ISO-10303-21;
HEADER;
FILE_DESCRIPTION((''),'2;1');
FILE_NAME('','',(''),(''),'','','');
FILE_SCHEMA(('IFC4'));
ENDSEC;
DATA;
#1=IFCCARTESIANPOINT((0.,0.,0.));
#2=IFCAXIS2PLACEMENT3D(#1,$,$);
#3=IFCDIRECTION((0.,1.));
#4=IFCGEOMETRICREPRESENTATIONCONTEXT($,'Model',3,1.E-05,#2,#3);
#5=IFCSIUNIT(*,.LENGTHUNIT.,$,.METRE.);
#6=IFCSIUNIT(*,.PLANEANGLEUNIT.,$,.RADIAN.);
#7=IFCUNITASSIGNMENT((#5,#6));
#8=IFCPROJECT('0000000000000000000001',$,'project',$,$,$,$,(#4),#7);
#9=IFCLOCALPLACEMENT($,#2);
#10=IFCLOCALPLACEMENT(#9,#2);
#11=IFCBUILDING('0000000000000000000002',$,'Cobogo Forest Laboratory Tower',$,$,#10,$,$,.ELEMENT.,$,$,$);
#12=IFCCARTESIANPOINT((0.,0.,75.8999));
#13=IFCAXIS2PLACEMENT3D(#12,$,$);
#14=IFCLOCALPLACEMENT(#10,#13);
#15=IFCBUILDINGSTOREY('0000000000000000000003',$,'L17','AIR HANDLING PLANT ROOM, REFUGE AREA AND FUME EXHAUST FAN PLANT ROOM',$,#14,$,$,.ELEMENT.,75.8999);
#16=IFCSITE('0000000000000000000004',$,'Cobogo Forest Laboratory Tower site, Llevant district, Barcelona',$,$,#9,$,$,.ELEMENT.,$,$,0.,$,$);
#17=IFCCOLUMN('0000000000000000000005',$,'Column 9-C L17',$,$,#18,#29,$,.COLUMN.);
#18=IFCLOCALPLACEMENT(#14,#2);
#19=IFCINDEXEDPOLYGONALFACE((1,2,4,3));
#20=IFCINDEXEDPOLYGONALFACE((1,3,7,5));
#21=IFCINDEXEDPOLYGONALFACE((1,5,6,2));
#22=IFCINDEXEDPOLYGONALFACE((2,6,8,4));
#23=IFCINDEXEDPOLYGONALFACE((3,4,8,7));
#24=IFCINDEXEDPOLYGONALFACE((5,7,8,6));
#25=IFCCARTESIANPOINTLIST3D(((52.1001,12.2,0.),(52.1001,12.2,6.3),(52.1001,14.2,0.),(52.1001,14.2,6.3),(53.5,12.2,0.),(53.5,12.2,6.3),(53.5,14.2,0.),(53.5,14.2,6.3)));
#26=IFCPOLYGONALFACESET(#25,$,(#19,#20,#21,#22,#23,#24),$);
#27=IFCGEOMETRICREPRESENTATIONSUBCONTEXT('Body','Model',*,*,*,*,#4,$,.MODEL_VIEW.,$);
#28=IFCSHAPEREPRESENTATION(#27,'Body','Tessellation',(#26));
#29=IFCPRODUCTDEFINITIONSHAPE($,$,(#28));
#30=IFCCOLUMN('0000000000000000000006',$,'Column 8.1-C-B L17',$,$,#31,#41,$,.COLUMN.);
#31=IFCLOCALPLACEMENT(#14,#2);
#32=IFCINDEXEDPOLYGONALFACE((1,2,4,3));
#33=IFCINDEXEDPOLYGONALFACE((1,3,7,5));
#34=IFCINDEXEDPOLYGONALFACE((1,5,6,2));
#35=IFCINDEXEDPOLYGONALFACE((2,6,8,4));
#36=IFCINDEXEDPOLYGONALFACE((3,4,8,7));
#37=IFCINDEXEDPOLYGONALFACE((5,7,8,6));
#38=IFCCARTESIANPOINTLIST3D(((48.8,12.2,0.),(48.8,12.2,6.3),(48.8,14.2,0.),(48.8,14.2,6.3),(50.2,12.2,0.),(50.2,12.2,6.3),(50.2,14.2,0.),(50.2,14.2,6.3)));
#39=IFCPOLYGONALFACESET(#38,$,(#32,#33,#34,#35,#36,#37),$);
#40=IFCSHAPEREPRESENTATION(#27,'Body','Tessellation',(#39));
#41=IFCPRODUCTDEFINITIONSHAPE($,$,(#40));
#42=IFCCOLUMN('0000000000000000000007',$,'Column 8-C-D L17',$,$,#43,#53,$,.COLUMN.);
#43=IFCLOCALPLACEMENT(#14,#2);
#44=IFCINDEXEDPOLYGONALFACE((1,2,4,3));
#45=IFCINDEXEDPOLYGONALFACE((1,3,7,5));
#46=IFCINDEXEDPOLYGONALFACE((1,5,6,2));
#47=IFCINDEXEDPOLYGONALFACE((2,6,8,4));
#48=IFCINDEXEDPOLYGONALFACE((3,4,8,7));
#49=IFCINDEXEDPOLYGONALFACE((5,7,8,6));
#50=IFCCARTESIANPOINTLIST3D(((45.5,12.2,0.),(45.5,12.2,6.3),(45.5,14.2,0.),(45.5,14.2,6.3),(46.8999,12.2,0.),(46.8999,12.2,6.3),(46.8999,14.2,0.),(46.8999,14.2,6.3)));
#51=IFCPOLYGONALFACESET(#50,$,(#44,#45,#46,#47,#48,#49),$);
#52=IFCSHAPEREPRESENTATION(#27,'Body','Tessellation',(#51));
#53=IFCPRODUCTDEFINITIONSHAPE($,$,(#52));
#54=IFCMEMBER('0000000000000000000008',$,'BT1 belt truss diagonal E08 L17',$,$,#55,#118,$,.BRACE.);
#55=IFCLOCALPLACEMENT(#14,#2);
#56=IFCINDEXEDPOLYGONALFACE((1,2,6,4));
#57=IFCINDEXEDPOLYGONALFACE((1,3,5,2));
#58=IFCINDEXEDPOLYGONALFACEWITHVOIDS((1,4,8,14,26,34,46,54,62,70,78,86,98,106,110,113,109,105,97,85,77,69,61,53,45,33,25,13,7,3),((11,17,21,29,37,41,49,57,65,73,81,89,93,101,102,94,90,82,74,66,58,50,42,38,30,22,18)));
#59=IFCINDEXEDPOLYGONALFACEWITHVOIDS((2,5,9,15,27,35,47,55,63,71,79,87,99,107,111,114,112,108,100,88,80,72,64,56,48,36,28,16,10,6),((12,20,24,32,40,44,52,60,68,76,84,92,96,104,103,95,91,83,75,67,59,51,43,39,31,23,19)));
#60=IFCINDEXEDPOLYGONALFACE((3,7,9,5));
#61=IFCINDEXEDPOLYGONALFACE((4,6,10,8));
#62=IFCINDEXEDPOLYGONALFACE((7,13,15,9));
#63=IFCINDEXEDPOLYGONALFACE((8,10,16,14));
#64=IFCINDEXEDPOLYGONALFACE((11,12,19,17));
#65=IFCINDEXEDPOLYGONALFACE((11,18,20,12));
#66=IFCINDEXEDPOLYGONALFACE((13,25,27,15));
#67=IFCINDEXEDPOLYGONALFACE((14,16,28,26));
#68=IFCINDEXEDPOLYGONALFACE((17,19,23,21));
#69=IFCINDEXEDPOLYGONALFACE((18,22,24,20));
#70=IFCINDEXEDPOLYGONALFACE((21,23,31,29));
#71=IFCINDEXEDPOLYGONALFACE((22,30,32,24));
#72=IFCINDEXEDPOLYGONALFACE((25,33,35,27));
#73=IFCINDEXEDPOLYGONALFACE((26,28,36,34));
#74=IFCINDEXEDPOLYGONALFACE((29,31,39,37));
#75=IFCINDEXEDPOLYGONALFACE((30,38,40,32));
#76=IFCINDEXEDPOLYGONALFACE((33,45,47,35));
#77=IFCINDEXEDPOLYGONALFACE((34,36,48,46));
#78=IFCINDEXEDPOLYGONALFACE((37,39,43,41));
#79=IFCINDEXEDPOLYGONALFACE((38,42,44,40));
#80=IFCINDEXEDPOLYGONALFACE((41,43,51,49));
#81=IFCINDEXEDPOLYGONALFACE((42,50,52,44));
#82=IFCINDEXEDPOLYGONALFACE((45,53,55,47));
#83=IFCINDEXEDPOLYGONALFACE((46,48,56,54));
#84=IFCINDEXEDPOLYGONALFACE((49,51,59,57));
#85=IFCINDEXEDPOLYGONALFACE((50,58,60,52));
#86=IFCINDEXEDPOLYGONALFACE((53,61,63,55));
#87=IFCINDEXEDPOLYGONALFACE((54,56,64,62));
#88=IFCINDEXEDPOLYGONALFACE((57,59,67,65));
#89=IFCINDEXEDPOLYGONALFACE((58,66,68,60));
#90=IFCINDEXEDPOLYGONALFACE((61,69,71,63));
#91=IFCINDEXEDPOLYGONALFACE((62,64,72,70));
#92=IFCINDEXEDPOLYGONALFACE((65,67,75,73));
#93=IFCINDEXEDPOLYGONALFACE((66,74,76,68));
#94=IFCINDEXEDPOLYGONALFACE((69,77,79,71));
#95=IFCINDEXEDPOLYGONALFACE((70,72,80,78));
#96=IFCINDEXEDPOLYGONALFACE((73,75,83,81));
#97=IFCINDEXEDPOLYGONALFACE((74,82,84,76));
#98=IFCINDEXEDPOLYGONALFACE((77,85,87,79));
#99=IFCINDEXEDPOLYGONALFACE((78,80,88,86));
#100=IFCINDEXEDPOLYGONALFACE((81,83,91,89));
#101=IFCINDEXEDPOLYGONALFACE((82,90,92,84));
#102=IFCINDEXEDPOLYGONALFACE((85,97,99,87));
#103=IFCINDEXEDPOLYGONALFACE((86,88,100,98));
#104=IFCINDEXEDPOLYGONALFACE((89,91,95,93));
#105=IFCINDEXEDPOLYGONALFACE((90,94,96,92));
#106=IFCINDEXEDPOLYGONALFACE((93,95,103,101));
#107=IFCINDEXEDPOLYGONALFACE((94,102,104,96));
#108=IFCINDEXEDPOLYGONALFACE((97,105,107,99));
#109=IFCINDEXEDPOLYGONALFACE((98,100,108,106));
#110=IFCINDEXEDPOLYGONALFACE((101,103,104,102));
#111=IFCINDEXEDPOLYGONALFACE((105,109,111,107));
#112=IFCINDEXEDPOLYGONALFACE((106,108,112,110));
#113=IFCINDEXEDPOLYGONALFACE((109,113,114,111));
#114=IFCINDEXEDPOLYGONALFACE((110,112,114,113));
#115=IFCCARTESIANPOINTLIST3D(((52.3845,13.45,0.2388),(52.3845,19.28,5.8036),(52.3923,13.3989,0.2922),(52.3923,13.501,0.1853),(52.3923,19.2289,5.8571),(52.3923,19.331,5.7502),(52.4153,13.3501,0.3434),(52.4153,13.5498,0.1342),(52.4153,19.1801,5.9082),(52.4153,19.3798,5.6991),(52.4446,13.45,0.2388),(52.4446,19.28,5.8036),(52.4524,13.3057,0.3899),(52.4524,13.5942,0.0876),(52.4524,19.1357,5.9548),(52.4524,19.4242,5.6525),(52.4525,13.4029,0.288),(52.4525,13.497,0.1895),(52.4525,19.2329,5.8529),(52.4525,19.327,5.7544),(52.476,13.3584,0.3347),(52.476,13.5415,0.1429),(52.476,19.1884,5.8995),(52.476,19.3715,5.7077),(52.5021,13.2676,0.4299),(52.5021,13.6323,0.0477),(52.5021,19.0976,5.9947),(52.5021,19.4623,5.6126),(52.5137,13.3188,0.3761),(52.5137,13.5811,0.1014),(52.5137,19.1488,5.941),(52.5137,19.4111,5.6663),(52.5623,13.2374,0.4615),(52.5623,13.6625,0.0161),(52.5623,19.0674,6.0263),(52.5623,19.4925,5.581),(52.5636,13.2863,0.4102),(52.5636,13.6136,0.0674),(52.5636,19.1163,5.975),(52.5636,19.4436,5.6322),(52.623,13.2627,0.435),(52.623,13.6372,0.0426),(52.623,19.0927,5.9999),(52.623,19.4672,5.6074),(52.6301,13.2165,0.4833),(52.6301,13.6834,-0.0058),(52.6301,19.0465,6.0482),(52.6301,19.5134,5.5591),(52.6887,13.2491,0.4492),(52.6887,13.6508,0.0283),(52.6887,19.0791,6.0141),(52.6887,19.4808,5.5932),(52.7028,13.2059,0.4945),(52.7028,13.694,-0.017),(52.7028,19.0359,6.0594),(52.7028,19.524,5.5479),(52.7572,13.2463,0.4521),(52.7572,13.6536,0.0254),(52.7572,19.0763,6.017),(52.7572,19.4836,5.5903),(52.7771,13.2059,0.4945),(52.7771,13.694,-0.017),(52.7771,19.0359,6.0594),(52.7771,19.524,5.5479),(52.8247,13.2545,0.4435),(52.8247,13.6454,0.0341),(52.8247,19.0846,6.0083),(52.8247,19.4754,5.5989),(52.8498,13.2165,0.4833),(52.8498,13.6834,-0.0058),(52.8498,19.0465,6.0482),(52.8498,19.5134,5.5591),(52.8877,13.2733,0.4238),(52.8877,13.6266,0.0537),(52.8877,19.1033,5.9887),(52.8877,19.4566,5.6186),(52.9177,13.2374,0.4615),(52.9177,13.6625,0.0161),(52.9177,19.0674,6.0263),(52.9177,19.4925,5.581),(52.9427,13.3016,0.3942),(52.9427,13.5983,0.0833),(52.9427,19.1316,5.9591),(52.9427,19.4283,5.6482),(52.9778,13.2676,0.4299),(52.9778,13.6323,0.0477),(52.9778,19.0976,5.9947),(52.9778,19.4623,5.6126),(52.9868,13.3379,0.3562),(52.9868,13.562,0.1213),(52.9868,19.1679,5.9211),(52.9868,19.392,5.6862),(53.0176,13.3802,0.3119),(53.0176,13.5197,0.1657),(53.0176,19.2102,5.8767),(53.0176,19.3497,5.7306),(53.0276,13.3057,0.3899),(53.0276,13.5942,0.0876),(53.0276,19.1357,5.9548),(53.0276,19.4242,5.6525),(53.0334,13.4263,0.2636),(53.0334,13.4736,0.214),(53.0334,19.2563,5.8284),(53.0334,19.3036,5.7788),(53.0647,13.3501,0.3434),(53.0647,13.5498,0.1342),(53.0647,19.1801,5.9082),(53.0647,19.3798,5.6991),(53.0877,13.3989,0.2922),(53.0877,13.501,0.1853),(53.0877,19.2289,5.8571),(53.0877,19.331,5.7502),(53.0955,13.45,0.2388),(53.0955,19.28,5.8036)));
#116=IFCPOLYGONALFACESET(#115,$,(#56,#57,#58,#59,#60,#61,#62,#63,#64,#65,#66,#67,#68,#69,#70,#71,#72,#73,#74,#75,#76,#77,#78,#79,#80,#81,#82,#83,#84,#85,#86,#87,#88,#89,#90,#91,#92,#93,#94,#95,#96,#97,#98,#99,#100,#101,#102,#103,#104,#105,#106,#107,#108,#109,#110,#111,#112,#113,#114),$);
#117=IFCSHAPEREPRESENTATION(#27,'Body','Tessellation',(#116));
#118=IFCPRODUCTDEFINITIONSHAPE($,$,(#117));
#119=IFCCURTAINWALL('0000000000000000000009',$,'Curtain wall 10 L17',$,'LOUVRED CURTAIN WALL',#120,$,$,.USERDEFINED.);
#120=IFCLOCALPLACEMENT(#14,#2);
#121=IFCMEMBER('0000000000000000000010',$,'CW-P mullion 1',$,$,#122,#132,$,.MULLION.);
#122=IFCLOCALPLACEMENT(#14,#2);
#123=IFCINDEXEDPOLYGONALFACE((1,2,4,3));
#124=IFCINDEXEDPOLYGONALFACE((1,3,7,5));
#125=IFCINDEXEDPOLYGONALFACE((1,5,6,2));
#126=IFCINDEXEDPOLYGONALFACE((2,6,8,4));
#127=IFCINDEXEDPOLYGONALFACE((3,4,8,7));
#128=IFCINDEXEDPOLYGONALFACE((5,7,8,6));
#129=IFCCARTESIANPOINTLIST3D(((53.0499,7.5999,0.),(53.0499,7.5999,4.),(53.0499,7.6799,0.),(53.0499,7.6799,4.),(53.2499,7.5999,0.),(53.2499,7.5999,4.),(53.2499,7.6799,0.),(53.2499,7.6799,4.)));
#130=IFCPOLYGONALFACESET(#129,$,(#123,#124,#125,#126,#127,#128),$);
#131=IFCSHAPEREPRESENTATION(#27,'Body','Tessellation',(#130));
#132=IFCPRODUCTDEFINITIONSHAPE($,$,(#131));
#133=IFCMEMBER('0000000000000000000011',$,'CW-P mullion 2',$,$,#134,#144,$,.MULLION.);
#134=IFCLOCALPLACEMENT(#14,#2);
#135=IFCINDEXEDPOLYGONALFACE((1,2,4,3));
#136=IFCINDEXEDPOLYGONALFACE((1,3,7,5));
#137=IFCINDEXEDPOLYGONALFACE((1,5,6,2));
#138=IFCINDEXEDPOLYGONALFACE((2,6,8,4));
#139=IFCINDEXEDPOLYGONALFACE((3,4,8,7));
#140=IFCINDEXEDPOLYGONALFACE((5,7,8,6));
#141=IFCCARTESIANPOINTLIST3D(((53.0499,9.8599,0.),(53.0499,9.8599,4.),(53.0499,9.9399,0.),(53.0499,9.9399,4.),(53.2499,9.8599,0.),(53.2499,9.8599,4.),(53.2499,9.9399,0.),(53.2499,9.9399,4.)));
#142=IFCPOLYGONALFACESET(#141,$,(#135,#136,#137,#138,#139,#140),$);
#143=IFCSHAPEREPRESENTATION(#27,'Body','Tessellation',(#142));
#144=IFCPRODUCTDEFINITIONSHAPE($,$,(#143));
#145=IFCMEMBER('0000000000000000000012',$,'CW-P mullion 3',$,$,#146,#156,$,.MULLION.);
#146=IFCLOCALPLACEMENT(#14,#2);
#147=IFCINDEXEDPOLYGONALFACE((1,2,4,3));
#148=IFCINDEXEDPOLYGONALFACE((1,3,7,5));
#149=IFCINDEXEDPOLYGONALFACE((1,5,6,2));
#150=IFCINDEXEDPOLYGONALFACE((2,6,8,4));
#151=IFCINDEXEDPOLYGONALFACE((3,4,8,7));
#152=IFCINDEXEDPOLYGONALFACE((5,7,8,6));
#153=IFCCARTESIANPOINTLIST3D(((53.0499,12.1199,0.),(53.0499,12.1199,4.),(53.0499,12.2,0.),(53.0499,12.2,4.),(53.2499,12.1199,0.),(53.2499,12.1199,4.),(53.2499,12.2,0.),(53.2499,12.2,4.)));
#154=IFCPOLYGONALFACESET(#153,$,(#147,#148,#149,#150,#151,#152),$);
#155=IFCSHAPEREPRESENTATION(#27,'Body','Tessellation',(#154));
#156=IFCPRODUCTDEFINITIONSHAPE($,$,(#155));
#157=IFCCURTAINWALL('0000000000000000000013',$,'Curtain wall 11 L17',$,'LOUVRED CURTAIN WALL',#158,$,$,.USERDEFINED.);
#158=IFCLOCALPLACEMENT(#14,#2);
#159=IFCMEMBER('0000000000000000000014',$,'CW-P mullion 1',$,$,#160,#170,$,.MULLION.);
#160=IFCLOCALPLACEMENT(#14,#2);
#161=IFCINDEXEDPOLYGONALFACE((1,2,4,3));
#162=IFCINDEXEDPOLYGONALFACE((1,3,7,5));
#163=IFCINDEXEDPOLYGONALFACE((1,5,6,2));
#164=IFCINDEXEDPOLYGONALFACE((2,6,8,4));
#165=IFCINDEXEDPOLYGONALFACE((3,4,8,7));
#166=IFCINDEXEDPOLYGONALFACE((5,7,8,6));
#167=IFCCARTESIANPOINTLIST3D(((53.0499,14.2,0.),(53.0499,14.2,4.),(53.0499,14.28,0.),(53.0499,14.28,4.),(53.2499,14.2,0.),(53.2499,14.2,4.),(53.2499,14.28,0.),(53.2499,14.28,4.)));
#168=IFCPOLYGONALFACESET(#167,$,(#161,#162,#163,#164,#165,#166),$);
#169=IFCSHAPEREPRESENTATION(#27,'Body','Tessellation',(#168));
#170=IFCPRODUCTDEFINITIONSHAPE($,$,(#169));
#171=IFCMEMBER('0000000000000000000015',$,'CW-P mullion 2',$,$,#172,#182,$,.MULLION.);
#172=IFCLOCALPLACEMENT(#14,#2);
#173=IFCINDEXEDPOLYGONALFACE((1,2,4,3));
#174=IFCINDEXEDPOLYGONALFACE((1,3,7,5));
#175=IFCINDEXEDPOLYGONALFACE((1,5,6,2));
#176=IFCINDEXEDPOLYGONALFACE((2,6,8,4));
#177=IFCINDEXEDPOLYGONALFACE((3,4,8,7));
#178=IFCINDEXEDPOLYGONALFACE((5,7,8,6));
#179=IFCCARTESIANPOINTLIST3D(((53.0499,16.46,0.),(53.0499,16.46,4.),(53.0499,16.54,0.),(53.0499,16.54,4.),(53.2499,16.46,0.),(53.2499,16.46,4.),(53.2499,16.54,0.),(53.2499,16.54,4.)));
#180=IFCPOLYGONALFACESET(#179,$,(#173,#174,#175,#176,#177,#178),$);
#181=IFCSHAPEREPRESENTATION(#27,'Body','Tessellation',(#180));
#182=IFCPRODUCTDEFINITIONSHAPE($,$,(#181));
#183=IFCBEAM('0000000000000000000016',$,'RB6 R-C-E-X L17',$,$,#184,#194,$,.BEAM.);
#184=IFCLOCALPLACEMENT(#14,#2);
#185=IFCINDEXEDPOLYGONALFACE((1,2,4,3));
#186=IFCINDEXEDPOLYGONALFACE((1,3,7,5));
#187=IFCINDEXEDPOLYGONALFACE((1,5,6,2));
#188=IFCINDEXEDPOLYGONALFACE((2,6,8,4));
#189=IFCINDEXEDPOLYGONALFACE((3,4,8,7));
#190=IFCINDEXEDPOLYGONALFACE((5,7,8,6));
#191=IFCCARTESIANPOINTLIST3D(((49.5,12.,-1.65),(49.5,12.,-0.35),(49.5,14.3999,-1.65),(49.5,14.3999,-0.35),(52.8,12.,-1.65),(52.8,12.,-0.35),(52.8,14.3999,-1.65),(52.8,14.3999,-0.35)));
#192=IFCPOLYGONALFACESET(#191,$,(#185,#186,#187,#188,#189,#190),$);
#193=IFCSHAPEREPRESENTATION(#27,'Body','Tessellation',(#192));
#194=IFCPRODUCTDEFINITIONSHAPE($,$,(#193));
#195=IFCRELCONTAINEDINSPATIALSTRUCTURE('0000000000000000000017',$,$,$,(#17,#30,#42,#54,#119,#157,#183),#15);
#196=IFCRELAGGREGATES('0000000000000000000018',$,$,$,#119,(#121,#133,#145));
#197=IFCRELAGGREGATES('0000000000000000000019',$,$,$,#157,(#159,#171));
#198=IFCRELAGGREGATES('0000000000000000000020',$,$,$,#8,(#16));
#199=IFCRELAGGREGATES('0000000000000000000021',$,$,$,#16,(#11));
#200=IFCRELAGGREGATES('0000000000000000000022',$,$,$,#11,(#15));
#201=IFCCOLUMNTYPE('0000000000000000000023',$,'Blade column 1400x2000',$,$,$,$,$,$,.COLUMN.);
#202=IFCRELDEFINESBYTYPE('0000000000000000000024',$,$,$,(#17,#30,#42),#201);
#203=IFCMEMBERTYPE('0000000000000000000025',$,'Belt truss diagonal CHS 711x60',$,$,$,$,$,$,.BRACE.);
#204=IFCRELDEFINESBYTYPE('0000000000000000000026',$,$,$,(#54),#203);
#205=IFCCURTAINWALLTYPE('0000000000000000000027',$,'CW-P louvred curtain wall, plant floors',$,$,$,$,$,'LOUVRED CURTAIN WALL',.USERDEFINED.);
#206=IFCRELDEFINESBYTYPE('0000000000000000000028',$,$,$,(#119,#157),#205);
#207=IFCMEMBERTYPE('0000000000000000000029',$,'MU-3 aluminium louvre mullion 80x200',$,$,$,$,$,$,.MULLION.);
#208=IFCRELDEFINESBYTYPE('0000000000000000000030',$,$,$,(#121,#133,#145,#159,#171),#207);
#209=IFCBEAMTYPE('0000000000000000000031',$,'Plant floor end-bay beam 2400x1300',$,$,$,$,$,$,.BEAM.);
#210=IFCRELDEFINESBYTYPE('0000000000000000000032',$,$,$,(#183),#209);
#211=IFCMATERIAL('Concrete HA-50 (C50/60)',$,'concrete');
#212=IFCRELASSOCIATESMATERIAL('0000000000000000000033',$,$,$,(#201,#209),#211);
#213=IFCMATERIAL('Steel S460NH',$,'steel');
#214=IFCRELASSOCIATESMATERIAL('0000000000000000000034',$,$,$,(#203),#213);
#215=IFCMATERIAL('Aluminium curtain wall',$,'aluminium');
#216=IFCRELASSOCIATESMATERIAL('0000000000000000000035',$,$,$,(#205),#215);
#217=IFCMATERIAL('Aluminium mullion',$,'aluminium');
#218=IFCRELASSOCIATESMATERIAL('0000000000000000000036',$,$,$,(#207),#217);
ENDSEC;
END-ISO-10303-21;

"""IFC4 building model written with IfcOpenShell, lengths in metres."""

from ifc_helpers import new_model, si_unit, direction, frame, origin, origin_2d, place, context, subcontext, project, spatial, rectangle, hollow_circle, extrude, material, material_profile, profile_set, type_object, element, aggregate, save


model = new_model("IFC4")

# Units and contexts
model_context = context("Model", 3, precision=1e-05, world=origin(), true_north=direction((0.0, 1.0)))
body_context = subcontext(model_context, "Body", "Model", "MODEL_VIEW")
ifc_project = project(units=[si_unit("LENGTHUNIT", "METRE"), si_unit("PLANEANGLEUNIT", "RADIAN")], contexts=[model_context])

# Site, building, storey
site_placement = place(None, origin())
site = spatial("IfcSite", under=ifc_project, at=site_placement, Name="Cobogo Forest Laboratory Tower site, Llevant district, Barcelona", CompositionType="ELEMENT", RefElevation=0.0)
building_placement = place(site_placement, origin())
building = spatial("IfcBuilding", under=site, at=building_placement, Name="Cobogo Forest Laboratory Tower", CompositionType="ELEMENT")
storey_placement = place(building_placement, frame((0.0, 0.0, 75.8999)))
storey = spatial("IfcBuildingStorey", under=building, at=storey_placement, Name="L17", Description="AIR HANDLING PLANT ROOM, REFUGE AREA AND FUME EXHAUST FAN PLANT ROOM", CompositionType="ELEMENT", Elevation=75.8999)

# Columns
ifc_material_1 = material(Name="Concrete HA-50 (C50/60)", Category="concrete")
ifc_material_profile_1 = material_profile(ifc_material_1, rectangle(XDim=2.0, YDim=1.3999, at=origin_2d()), Name="RC 1400x2000")
ifc_profile_set_1 = profile_set([ifc_material_profile_1], Name="Concrete HA-50 (C50/60)")
column_type = type_object("IfcColumnType", Name="Blade column 1400x2000", PredefinedType="COLUMN", material=ifc_profile_set_1)
for number, where, z_axis, x_axis, name in (
    (1, (52.8, 13.2, 0.0), (0.0, 0.0, 1.0), (0.0, 1.0, 0.0), "Column 9-C L17"),
    (2, (49.5, 13.2, 0.0), (0.0, 0.0, 1.0), (0.0, 1.0, 0.0), "Column 8.1-C-B L17"),
    (3, (46.2, 13.2, 0.0), (0.0, 0.0, 1.0), (0.0, 1.0, 0.0), "Column 8-C-D L17"),
):
    element("IfcColumn", number, at=place(storey_placement, frame(where, z_axis=z_axis, x_axis=x_axis)), inside=storey, type_object=column_type, Name=name, PredefinedType="COLUMN", context=body_context, shape_type="SweptSolid", body=[
        extrude(rectangle(XDim=2.0, YDim=1.3999, at=origin_2d()), origin(), (0.0, 0.0, 1.0), 6.3),
    ])

# Member
ifc_material_2 = material(Name="Steel S460NH", Category="steel")
ifc_material_profile_2 = material_profile(ifc_material_2, hollow_circle(Radius=0.3555, WallThickness=0.0601, at=origin_2d()), Name="CHS 711x60")
ifc_profile_set_2 = profile_set([ifc_material_profile_2], Name="Steel S460NH")
member_type_1 = type_object("IfcMemberType", Name="Belt truss diagonal CHS 711x60", PredefinedType="BRACE", material=ifc_profile_set_2)
member_1_placement = place(storey_placement, frame((52.74, 13.45, 0.2388), z_axis=(0.0, 0.723364, 0.690467), x_axis=(-1.0, 0.0, 0.0)))
element("IfcMember", 4, at=member_1_placement, inside=storey, type_object=member_type_1, Name="BT1 belt truss diagonal E08 L17", PredefinedType="BRACE", context=body_context, shape_type="SweptSolid", body=[
    extrude(hollow_circle(Radius=0.3555, WallThickness=0.0601, at=origin_2d()), origin(), (0.0, 0.0, 1.0), 8.0596),
])

# Curtain walls, members
ifc_material_3 = material(Name="Aluminium curtain wall", Category="aluminium")
curtain_wall_type = type_object("IfcCurtainWallType", Name="CW-P louvred curtain wall, plant floors", ElementType="LOUVRED CURTAIN WALL", PredefinedType="USERDEFINED", material=ifc_material_3)
curtain_wall_1_placement = place(storey_placement, origin())
curtain_wall_1 = element("IfcCurtainWall", 5, at=curtain_wall_1_placement, inside=storey, type_object=curtain_wall_type, Name="Curtain wall 10 L17", ObjectType="LOUVRED CURTAIN WALL", PredefinedType="USERDEFINED")
ifc_material_4 = material(Name="Aluminium mullion", Category="aluminium")
ifc_material_profile_3 = material_profile(ifc_material_4, rectangle(XDim=0.0801, YDim=0.2, at=origin_2d()), Name="AL 80x200")
ifc_profile_set_3 = profile_set([ifc_material_profile_3], Name="Aluminium mullion")
member_type_2 = type_object("IfcMemberType", Name="MU-3 aluminium louvre mullion 80x200", PredefinedType="MULLION", material=ifc_profile_set_3)
member_2_placement = place(storey_placement, frame((53.1499, 7.6399, 0.0), z_axis=(0.0, 0.0, 1.0), x_axis=(0.0, 1.0, 0.0)))
member_2 = element("IfcMember", 6, at=member_2_placement, type_object=member_type_2, Name="CW-P mullion 1", PredefinedType="MULLION", context=body_context, shape_type="SweptSolid", body=[
    extrude(rectangle(XDim=0.0801, YDim=0.2, at=origin_2d()), origin(), (0.0, 0.0, 1.0), 4.0),
])
member_3_placement = place(storey_placement, frame((53.1499, 9.8999, 0.0), z_axis=(0.0, 0.0, 1.0), x_axis=(0.0, 1.0, 0.0)))
member_3 = element("IfcMember", 7, at=member_3_placement, type_object=member_type_2, Name="CW-P mullion 2", PredefinedType="MULLION", context=body_context, shape_type="SweptSolid", body=[
    extrude(rectangle(XDim=0.0801, YDim=0.2, at=origin_2d()), origin(), (0.0, 0.0, 1.0), 4.0),
])
member_4_placement = place(storey_placement, frame((53.1499, 12.1599, 0.0), z_axis=(0.0, 0.0, 1.0), x_axis=(0.0, 1.0, 0.0)))
member_4 = element("IfcMember", 8, at=member_4_placement, type_object=member_type_2, Name="CW-P mullion 3", PredefinedType="MULLION", context=body_context, shape_type="SweptSolid", body=[
    extrude(rectangle(XDim=0.0801, YDim=0.2, at=origin_2d()), origin(), (0.0, 0.0, 1.0), 4.0),
])
curtain_wall_2_placement = place(storey_placement, origin())
curtain_wall_2 = element("IfcCurtainWall", 9, at=curtain_wall_2_placement, inside=storey, type_object=curtain_wall_type, Name="Curtain wall 11 L17", ObjectType="LOUVRED CURTAIN WALL", PredefinedType="USERDEFINED")
member_5_placement = place(storey_placement, frame((53.1499, 14.24, 0.0), z_axis=(0.0, 0.0, 1.0), x_axis=(0.0, 1.0, 0.0)))
member_5 = element("IfcMember", 10, at=member_5_placement, type_object=member_type_2, Name="CW-P mullion 1", PredefinedType="MULLION", context=body_context, shape_type="SweptSolid", body=[
    extrude(rectangle(XDim=0.0801, YDim=0.2, at=origin_2d()), origin(), (0.0, 0.0, 1.0), 4.0),
])
member_6_placement = place(storey_placement, frame((53.1499, 16.5, 0.0), z_axis=(0.0, 0.0, 1.0), x_axis=(0.0, 1.0, 0.0)))
member_6 = element("IfcMember", 11, at=member_6_placement, type_object=member_type_2, Name="CW-P mullion 2", PredefinedType="MULLION", context=body_context, shape_type="SweptSolid", body=[
    extrude(rectangle(XDim=0.0801, YDim=0.2, at=origin_2d()), origin(), (0.0, 0.0, 1.0), 4.0),
])

# Beam
ifc_material_profile_4 = material_profile(ifc_material_1, rectangle(XDim=2.3999, YDim=1.3, at=origin_2d()), Name="RC 2400x1300")
ifc_profile_set_4 = profile_set([ifc_material_profile_4], Name="Concrete HA-50 (C50/60)")
beam_type_1 = type_object("IfcBeamType", Name="Plant floor end-bay beam 2400x1300", PredefinedType="BEAM", material=ifc_profile_set_4)
beam_1_placement = place(storey_placement, frame((52.8, 13.2, -1.0), z_axis=(-1.0, 0.0, 0.0), x_axis=(0.0, -1.0, 0.0)))
element("IfcBeam", 12, at=beam_1_placement, inside=storey, type_object=beam_type_1, Name="RB6 R-C-E-X L17", PredefinedType="BEAM", context=body_context, shape_type="SweptSolid", body=[
    extrude(rectangle(XDim=2.3999, YDim=1.3, at=origin_2d()), origin(), (0.0, 0.0, 1.0), 3.3),
])

aggregate(curtain_wall_1, [member_2, member_3, member_4])
aggregate(curtain_wall_2, [member_5, member_6])

save(model, "model.ifc")
